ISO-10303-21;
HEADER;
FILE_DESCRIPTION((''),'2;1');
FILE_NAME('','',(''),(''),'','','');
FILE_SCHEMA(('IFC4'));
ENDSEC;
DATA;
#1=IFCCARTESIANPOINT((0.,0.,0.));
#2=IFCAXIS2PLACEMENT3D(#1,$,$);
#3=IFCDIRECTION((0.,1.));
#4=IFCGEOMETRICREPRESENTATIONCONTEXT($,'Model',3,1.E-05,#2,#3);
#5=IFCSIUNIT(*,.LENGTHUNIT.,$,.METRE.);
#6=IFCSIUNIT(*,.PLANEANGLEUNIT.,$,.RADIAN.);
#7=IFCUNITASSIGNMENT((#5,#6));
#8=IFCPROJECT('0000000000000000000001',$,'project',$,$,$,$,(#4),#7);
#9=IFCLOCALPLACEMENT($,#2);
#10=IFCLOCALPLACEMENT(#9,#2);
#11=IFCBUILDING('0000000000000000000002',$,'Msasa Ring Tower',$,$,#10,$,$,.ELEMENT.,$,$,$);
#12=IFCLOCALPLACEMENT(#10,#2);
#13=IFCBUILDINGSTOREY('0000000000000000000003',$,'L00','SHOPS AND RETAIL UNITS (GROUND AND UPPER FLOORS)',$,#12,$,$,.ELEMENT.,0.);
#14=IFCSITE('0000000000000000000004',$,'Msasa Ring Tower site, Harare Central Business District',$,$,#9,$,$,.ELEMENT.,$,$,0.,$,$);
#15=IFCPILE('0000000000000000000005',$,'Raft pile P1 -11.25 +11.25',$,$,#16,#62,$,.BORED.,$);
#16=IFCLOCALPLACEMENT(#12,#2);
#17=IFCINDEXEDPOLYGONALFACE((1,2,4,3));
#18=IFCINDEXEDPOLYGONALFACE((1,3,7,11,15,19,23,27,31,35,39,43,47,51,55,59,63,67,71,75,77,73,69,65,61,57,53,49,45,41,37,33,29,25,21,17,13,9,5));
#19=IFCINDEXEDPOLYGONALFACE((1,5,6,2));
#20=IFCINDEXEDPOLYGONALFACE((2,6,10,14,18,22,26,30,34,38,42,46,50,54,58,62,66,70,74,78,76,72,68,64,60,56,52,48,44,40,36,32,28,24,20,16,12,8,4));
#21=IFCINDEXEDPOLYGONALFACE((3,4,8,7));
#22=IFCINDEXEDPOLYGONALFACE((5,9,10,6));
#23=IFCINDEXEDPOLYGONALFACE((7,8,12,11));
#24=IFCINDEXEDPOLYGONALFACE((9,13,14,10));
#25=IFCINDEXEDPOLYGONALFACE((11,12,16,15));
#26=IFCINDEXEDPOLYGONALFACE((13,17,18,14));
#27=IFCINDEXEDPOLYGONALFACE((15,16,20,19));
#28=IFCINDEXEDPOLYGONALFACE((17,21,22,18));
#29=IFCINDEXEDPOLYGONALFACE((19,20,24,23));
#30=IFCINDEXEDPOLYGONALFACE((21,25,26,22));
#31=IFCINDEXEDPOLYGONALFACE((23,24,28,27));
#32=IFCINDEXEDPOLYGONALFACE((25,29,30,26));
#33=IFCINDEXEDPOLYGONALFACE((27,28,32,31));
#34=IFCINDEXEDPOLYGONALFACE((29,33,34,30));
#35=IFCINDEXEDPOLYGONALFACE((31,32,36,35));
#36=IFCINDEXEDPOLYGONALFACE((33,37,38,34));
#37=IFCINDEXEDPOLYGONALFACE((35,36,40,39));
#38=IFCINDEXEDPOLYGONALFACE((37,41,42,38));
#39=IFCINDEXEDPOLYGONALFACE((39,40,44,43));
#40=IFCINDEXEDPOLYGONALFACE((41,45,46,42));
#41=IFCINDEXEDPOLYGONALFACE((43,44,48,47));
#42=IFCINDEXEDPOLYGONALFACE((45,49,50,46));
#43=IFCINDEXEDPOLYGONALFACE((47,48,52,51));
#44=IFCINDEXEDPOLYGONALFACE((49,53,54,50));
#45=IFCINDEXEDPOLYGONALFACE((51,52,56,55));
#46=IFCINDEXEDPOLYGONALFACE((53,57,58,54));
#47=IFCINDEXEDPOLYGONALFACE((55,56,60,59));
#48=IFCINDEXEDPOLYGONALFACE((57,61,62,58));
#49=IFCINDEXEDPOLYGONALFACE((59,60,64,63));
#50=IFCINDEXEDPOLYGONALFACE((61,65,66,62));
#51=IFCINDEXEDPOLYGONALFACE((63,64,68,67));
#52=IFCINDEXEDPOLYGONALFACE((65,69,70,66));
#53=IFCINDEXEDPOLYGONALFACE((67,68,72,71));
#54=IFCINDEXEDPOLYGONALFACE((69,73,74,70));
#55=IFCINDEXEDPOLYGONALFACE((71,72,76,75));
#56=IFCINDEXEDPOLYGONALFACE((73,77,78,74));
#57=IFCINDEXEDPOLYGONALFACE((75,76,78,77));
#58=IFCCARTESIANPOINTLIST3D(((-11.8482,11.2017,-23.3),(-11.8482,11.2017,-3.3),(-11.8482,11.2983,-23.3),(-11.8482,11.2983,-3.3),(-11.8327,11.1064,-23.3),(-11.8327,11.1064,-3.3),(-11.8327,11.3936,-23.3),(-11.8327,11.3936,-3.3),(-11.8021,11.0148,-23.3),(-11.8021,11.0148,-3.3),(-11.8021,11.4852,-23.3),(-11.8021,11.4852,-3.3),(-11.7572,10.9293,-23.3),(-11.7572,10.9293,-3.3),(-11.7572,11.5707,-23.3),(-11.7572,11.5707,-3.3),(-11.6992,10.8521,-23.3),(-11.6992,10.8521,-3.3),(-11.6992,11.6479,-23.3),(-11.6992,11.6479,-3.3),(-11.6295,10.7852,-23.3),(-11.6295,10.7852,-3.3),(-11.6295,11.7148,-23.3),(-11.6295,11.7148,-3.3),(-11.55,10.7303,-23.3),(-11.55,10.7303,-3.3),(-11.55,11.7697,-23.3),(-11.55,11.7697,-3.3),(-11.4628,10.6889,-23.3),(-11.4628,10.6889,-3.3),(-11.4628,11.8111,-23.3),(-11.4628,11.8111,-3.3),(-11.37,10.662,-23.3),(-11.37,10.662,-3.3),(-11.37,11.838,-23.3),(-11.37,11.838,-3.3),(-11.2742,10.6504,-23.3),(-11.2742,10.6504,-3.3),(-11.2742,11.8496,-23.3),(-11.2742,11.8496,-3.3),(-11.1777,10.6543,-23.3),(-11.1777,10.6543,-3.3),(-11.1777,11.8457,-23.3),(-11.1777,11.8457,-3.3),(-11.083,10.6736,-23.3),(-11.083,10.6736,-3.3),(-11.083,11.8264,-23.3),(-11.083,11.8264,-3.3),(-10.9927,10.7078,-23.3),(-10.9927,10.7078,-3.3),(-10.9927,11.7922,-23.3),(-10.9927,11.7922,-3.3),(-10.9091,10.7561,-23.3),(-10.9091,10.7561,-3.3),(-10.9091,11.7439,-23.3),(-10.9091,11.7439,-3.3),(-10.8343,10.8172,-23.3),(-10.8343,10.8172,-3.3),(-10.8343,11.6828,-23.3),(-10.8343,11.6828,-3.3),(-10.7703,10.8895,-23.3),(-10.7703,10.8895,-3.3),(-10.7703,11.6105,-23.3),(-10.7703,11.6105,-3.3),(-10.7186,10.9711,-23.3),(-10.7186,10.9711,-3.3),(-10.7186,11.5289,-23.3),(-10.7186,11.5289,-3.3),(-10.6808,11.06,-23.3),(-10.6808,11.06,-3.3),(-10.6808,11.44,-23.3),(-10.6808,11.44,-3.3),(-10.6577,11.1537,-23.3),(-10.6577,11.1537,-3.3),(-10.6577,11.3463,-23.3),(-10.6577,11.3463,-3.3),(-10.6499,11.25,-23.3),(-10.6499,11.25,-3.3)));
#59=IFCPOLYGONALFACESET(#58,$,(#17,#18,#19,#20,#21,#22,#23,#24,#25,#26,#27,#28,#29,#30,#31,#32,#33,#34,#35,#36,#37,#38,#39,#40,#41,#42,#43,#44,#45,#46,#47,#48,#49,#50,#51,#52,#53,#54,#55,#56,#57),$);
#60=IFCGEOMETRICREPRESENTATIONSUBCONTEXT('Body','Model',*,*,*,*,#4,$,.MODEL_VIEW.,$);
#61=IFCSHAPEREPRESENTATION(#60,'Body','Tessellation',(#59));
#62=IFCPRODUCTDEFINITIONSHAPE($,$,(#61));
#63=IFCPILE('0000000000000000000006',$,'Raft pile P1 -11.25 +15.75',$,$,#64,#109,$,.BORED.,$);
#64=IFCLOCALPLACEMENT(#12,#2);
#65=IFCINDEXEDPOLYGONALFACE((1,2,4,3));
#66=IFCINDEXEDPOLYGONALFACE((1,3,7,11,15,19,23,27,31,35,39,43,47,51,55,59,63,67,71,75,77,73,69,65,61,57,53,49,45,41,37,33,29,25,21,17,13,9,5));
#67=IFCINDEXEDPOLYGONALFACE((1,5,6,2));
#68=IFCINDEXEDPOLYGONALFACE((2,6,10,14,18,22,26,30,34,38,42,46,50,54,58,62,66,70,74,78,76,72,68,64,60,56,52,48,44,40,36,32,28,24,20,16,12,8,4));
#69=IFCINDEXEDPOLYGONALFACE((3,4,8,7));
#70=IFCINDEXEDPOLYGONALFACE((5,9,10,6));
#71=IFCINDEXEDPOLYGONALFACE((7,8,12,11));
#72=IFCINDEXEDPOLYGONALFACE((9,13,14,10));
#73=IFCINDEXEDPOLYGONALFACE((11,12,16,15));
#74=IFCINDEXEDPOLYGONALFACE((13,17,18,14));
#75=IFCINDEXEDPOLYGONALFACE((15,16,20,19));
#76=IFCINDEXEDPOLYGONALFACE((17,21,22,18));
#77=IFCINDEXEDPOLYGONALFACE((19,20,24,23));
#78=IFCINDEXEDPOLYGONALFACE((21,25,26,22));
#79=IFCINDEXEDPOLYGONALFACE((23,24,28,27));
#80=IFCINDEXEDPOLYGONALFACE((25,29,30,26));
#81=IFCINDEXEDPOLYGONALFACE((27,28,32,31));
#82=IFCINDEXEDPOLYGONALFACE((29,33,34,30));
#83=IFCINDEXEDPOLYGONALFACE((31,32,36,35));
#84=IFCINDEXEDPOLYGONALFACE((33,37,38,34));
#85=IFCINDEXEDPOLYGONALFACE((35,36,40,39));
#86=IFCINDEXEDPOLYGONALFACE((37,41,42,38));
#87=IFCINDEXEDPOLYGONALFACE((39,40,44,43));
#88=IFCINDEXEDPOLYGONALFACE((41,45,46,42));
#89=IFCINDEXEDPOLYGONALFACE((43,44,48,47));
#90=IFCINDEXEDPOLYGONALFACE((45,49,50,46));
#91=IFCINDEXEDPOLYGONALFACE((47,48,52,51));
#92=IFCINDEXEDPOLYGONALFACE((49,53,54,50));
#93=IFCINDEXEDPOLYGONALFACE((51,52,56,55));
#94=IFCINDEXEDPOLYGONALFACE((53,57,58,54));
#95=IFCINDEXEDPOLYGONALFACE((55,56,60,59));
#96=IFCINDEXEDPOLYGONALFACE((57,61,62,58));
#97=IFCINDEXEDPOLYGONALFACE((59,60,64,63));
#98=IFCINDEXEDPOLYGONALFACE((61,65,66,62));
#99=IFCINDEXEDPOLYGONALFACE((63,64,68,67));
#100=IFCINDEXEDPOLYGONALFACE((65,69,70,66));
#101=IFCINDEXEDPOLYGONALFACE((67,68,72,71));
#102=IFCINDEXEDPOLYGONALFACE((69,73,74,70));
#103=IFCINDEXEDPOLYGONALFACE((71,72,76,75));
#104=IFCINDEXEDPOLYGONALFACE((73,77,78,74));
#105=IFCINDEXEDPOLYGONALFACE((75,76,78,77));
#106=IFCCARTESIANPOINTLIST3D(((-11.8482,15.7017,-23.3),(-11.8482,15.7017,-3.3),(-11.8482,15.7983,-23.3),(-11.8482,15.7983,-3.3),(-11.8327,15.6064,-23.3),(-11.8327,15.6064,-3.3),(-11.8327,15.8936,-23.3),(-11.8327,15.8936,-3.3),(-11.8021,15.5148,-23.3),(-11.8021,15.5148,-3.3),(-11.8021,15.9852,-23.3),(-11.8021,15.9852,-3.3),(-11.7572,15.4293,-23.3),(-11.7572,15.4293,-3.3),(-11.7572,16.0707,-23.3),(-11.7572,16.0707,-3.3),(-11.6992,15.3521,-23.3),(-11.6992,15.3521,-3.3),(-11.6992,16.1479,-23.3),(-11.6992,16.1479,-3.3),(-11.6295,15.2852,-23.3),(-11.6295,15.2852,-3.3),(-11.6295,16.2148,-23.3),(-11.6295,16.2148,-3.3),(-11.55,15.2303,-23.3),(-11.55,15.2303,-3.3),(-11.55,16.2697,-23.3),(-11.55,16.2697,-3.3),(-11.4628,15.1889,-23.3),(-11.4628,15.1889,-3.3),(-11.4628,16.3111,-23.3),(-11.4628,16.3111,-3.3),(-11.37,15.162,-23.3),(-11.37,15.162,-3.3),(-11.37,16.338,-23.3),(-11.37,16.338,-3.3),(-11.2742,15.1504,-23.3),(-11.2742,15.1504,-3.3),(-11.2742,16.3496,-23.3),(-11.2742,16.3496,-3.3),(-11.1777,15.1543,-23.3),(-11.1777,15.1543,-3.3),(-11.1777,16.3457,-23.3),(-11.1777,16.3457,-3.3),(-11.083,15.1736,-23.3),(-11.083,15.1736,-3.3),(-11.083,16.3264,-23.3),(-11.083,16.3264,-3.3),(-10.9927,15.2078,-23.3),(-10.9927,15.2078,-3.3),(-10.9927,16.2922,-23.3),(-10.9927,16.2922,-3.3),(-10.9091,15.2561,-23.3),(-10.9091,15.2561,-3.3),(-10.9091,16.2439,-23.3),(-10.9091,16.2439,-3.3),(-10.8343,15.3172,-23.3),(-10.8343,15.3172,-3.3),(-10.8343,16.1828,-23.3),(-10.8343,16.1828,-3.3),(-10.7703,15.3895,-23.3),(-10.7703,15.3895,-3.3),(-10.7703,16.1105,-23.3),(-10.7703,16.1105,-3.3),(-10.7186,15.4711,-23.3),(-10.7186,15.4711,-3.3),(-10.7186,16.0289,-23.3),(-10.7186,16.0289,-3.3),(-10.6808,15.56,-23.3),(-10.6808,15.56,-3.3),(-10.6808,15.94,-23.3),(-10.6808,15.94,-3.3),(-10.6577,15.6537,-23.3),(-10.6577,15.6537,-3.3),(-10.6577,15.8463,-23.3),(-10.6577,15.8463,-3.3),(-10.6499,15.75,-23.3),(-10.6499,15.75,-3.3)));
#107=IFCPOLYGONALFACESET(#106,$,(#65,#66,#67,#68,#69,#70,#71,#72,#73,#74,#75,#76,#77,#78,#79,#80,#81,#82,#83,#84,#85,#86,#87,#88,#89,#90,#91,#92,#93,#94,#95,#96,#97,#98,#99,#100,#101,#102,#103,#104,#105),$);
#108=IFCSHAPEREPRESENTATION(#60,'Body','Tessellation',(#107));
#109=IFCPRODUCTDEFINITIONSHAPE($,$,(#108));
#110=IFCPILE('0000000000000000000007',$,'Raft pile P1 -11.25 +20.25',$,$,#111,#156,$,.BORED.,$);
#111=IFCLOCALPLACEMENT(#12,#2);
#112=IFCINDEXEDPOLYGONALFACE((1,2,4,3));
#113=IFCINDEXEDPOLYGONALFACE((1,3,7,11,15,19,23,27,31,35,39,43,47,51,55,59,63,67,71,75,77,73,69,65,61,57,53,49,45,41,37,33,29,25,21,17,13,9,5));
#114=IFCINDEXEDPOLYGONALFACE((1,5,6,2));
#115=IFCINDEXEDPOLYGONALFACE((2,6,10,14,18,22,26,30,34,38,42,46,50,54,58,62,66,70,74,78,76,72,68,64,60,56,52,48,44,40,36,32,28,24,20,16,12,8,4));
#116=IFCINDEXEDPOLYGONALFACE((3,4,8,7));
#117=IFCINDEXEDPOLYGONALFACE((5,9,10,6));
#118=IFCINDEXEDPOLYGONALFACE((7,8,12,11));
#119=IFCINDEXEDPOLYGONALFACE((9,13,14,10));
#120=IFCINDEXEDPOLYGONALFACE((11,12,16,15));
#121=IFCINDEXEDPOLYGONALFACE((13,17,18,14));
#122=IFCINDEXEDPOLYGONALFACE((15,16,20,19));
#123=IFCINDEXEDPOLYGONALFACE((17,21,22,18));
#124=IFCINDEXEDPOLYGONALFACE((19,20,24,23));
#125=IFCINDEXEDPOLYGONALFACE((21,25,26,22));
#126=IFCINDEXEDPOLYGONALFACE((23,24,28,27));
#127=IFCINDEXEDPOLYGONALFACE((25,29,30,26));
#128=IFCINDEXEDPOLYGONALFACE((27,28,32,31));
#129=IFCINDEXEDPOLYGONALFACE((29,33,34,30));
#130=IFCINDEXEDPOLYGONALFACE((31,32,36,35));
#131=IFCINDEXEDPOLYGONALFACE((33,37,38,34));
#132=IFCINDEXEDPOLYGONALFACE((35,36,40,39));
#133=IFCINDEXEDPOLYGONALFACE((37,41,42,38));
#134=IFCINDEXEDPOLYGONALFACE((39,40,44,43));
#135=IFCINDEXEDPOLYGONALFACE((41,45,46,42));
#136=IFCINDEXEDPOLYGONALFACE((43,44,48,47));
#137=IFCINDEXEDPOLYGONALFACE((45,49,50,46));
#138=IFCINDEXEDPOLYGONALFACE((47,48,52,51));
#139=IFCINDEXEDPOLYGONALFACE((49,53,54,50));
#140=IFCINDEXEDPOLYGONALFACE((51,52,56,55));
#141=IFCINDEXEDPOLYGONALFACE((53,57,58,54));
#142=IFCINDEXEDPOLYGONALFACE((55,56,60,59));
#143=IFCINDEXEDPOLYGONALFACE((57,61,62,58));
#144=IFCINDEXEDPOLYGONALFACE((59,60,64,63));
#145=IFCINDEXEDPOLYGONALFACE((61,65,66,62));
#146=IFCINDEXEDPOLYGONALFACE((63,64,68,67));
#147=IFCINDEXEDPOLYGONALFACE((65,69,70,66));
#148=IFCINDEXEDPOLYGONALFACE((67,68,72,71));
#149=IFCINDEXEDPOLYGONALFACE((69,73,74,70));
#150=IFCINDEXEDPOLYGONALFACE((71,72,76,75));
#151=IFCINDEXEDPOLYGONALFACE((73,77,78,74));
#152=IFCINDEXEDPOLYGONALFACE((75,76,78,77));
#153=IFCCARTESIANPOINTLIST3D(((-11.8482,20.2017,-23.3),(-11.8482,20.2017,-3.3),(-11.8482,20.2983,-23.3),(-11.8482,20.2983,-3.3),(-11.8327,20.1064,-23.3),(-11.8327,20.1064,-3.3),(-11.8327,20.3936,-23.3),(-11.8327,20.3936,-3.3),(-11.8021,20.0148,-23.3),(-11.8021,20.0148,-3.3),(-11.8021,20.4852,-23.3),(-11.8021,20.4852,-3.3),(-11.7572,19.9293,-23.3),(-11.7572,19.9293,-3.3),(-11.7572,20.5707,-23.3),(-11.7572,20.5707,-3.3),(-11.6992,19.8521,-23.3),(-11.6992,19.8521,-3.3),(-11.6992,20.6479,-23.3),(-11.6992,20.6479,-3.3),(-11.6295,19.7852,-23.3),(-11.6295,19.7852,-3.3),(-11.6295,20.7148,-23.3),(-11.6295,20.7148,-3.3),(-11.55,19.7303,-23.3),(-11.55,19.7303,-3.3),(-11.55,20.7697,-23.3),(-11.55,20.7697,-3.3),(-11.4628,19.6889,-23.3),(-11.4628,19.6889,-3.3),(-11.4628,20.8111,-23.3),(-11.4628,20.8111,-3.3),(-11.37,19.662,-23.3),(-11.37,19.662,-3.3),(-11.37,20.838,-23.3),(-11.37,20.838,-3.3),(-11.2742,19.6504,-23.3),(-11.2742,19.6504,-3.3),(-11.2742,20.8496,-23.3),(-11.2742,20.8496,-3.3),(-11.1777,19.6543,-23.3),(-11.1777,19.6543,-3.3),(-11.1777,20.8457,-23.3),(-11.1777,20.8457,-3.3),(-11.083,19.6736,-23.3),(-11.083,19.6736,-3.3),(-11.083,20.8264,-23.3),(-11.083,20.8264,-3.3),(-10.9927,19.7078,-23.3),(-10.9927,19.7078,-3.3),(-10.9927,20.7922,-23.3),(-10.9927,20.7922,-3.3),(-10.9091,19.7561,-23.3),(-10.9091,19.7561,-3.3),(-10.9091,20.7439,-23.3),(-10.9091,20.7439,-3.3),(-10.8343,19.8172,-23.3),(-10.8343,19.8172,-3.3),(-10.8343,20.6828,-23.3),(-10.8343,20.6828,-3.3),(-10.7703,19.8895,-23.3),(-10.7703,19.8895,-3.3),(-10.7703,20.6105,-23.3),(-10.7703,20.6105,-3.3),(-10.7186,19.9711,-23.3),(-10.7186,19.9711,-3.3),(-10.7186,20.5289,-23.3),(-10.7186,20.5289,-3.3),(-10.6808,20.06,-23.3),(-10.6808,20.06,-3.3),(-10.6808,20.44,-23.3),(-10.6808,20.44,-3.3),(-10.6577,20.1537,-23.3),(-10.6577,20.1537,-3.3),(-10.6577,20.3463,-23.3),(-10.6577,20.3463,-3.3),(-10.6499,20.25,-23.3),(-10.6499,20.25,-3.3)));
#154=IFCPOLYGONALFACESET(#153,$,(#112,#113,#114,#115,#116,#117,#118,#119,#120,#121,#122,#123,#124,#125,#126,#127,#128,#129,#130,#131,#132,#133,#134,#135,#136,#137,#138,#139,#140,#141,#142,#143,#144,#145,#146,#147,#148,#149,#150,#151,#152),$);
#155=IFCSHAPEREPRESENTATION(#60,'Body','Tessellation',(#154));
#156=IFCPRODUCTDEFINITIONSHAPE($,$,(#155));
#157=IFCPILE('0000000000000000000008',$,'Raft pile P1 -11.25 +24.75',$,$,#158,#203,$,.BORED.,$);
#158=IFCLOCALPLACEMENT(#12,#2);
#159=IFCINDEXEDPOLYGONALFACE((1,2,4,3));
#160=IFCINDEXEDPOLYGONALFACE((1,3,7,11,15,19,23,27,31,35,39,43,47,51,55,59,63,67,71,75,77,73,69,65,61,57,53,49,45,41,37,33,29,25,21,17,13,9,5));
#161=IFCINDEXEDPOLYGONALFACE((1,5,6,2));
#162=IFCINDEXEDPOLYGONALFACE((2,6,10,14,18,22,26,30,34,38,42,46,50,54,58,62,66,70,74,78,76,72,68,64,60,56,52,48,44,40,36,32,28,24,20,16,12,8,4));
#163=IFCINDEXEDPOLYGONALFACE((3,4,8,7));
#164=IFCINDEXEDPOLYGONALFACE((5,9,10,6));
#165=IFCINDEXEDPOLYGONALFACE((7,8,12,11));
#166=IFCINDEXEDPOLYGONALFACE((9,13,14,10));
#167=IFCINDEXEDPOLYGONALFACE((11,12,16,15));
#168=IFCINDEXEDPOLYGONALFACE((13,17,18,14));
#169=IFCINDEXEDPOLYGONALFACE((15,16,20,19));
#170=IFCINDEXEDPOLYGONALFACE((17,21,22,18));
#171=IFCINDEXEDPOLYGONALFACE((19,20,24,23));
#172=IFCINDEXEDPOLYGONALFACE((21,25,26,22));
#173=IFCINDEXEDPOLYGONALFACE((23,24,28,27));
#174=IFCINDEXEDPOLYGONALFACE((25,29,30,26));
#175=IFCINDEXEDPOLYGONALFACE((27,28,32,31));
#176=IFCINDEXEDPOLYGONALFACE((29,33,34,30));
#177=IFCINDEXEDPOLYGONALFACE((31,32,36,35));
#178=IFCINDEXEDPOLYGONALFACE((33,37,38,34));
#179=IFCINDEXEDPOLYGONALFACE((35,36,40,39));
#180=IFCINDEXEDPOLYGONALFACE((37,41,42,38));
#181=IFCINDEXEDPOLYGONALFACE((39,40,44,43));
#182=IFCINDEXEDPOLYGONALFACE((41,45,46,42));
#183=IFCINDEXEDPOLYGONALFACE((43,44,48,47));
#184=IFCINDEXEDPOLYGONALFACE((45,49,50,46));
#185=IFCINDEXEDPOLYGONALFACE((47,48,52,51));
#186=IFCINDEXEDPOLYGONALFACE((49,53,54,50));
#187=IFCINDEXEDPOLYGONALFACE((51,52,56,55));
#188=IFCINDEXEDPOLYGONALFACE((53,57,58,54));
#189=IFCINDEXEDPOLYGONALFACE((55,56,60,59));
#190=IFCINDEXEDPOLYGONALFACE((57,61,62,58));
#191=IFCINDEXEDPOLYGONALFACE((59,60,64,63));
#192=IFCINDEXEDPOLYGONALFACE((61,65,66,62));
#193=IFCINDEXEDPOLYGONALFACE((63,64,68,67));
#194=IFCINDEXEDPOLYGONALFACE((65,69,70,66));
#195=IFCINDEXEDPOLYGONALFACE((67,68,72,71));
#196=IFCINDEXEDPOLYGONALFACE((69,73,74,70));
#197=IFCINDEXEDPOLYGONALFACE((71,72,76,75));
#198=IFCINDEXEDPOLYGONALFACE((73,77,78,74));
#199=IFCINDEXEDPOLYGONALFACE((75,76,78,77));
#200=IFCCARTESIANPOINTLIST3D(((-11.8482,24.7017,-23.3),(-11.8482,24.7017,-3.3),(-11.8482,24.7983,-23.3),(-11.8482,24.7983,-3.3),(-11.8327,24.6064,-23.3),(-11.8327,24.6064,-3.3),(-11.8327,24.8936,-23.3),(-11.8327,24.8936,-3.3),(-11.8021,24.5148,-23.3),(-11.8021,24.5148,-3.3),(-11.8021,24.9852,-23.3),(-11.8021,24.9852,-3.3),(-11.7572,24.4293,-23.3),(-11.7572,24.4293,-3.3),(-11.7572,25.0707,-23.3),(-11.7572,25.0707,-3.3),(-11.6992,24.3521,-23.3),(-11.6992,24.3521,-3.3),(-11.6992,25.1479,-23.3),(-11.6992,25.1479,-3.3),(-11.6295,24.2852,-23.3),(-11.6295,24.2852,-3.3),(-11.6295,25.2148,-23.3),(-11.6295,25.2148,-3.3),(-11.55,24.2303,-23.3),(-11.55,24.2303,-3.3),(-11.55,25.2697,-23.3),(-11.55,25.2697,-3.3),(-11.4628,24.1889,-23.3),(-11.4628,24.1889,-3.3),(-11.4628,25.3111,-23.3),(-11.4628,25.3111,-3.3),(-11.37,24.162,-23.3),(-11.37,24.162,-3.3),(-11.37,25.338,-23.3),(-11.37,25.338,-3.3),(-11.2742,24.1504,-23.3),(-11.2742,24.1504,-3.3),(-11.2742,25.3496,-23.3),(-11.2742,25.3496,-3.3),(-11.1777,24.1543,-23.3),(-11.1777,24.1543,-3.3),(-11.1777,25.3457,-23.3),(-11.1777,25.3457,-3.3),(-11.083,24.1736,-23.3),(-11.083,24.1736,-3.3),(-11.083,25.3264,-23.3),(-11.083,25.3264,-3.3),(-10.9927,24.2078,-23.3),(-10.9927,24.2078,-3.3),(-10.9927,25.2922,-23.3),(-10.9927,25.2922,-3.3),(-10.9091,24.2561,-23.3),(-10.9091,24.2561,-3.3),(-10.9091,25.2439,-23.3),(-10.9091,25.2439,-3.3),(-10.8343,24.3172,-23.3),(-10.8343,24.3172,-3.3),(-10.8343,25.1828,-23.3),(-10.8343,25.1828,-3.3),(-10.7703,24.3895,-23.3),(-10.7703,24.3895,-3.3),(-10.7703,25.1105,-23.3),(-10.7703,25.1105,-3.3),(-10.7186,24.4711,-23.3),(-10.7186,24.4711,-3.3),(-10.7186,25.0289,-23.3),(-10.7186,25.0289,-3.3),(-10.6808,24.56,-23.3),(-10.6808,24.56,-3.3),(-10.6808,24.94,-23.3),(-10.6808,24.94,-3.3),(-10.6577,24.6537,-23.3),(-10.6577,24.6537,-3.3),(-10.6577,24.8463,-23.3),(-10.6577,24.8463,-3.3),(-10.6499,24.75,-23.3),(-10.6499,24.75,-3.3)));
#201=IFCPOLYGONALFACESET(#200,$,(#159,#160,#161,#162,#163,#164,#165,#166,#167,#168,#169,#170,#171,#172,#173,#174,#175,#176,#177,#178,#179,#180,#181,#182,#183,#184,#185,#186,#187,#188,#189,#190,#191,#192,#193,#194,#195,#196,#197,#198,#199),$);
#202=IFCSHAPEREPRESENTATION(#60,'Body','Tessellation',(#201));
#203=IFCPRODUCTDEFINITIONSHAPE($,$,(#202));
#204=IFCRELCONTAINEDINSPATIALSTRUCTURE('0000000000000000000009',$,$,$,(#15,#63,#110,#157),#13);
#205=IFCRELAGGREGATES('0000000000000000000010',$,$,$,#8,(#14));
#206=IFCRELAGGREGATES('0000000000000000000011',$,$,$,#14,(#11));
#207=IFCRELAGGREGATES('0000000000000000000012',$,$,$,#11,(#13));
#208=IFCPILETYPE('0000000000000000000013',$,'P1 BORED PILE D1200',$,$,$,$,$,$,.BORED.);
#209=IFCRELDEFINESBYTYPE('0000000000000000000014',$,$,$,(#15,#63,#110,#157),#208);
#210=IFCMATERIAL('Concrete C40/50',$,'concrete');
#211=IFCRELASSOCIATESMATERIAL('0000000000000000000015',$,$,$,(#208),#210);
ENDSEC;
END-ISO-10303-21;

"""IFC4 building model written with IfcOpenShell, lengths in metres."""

from ifc_helpers import new_model, si_unit, direction, frame, origin, origin_2d, place, context, subcontext, project, spatial, circle, extrude, material, material_profile, profile_set, type_object, element, save


model = new_model("IFC4")

# Units and contexts
model_context = context("Model", 3, precision=1e-05, world=origin(), true_north=direction((0.0, 1.0)))
body_context = subcontext(model_context, "Body", "Model", "MODEL_VIEW")
ifc_project = project(units=[si_unit("LENGTHUNIT", "METRE"), si_unit("PLANEANGLEUNIT", "RADIAN")], contexts=[model_context])

# Site, building, storey
site_placement = place(None, origin())
site = spatial("IfcSite", under=ifc_project, at=site_placement, Name="Msasa Ring Tower site, Harare Central Business District", CompositionType="ELEMENT", RefElevation=0.0)
building_placement = place(site_placement, origin())
building = spatial("IfcBuilding", under=site, at=building_placement, Name="Msasa Ring Tower", CompositionType="ELEMENT")
storey_placement = place(building_placement, origin())
storey = spatial("IfcBuildingStorey", under=building, at=storey_placement, Name="L00", Description="SHOPS AND RETAIL UNITS (GROUND AND UPPER FLOORS)", CompositionType="ELEMENT", Elevation=0.0)

# Piles
ifc_material_1 = material(Name="Concrete C40/50", Category="concrete")
ifc_material_profile_1 = material_profile(ifc_material_1, circle(Radius=0.6001, at=origin_2d()), Name="D1200")
ifc_profile_set_1 = profile_set([ifc_material_profile_1], Name="Concrete C40/50")
pile_type = type_object("IfcPileType", Name="P1 BORED PILE D1200", PredefinedType="BORED", material=ifc_profile_set_1)
for number, where, z_axis, x_axis, name in (
    (1, (-11.25, 11.25, -3.3), (0.0, 0.0, -1.0), (1.0, 0.0, 0.0), "Raft pile P1 -11.25 +11.25"),
    (2, (-11.25, 15.75, -3.3), (0.0, 0.0, -1.0), (1.0, 0.0, 0.0), "Raft pile P1 -11.25 +15.75"),
    (3, (-11.25, 20.25, -3.3), (0.0, 0.0, -1.0), (1.0, 0.0, 0.0), "Raft pile P1 -11.25 +20.25"),
    (4, (-11.25, 24.75, -3.3), (0.0, 0.0, -1.0), (1.0, 0.0, 0.0), "Raft pile P1 -11.25 +24.75"),
):
    element("IfcPile", number, at=place(storey_placement, frame(where, z_axis=z_axis, x_axis=x_axis)), inside=storey, type_object=pile_type, Name=name, PredefinedType="BORED", context=body_context, shape_type="SweptSolid", body=[
        extrude(circle(Radius=0.6001, at=origin_2d()), origin(), (0.0, 0.0, 1.0), 20.0),
    ])

save(model, "model.ifc")
